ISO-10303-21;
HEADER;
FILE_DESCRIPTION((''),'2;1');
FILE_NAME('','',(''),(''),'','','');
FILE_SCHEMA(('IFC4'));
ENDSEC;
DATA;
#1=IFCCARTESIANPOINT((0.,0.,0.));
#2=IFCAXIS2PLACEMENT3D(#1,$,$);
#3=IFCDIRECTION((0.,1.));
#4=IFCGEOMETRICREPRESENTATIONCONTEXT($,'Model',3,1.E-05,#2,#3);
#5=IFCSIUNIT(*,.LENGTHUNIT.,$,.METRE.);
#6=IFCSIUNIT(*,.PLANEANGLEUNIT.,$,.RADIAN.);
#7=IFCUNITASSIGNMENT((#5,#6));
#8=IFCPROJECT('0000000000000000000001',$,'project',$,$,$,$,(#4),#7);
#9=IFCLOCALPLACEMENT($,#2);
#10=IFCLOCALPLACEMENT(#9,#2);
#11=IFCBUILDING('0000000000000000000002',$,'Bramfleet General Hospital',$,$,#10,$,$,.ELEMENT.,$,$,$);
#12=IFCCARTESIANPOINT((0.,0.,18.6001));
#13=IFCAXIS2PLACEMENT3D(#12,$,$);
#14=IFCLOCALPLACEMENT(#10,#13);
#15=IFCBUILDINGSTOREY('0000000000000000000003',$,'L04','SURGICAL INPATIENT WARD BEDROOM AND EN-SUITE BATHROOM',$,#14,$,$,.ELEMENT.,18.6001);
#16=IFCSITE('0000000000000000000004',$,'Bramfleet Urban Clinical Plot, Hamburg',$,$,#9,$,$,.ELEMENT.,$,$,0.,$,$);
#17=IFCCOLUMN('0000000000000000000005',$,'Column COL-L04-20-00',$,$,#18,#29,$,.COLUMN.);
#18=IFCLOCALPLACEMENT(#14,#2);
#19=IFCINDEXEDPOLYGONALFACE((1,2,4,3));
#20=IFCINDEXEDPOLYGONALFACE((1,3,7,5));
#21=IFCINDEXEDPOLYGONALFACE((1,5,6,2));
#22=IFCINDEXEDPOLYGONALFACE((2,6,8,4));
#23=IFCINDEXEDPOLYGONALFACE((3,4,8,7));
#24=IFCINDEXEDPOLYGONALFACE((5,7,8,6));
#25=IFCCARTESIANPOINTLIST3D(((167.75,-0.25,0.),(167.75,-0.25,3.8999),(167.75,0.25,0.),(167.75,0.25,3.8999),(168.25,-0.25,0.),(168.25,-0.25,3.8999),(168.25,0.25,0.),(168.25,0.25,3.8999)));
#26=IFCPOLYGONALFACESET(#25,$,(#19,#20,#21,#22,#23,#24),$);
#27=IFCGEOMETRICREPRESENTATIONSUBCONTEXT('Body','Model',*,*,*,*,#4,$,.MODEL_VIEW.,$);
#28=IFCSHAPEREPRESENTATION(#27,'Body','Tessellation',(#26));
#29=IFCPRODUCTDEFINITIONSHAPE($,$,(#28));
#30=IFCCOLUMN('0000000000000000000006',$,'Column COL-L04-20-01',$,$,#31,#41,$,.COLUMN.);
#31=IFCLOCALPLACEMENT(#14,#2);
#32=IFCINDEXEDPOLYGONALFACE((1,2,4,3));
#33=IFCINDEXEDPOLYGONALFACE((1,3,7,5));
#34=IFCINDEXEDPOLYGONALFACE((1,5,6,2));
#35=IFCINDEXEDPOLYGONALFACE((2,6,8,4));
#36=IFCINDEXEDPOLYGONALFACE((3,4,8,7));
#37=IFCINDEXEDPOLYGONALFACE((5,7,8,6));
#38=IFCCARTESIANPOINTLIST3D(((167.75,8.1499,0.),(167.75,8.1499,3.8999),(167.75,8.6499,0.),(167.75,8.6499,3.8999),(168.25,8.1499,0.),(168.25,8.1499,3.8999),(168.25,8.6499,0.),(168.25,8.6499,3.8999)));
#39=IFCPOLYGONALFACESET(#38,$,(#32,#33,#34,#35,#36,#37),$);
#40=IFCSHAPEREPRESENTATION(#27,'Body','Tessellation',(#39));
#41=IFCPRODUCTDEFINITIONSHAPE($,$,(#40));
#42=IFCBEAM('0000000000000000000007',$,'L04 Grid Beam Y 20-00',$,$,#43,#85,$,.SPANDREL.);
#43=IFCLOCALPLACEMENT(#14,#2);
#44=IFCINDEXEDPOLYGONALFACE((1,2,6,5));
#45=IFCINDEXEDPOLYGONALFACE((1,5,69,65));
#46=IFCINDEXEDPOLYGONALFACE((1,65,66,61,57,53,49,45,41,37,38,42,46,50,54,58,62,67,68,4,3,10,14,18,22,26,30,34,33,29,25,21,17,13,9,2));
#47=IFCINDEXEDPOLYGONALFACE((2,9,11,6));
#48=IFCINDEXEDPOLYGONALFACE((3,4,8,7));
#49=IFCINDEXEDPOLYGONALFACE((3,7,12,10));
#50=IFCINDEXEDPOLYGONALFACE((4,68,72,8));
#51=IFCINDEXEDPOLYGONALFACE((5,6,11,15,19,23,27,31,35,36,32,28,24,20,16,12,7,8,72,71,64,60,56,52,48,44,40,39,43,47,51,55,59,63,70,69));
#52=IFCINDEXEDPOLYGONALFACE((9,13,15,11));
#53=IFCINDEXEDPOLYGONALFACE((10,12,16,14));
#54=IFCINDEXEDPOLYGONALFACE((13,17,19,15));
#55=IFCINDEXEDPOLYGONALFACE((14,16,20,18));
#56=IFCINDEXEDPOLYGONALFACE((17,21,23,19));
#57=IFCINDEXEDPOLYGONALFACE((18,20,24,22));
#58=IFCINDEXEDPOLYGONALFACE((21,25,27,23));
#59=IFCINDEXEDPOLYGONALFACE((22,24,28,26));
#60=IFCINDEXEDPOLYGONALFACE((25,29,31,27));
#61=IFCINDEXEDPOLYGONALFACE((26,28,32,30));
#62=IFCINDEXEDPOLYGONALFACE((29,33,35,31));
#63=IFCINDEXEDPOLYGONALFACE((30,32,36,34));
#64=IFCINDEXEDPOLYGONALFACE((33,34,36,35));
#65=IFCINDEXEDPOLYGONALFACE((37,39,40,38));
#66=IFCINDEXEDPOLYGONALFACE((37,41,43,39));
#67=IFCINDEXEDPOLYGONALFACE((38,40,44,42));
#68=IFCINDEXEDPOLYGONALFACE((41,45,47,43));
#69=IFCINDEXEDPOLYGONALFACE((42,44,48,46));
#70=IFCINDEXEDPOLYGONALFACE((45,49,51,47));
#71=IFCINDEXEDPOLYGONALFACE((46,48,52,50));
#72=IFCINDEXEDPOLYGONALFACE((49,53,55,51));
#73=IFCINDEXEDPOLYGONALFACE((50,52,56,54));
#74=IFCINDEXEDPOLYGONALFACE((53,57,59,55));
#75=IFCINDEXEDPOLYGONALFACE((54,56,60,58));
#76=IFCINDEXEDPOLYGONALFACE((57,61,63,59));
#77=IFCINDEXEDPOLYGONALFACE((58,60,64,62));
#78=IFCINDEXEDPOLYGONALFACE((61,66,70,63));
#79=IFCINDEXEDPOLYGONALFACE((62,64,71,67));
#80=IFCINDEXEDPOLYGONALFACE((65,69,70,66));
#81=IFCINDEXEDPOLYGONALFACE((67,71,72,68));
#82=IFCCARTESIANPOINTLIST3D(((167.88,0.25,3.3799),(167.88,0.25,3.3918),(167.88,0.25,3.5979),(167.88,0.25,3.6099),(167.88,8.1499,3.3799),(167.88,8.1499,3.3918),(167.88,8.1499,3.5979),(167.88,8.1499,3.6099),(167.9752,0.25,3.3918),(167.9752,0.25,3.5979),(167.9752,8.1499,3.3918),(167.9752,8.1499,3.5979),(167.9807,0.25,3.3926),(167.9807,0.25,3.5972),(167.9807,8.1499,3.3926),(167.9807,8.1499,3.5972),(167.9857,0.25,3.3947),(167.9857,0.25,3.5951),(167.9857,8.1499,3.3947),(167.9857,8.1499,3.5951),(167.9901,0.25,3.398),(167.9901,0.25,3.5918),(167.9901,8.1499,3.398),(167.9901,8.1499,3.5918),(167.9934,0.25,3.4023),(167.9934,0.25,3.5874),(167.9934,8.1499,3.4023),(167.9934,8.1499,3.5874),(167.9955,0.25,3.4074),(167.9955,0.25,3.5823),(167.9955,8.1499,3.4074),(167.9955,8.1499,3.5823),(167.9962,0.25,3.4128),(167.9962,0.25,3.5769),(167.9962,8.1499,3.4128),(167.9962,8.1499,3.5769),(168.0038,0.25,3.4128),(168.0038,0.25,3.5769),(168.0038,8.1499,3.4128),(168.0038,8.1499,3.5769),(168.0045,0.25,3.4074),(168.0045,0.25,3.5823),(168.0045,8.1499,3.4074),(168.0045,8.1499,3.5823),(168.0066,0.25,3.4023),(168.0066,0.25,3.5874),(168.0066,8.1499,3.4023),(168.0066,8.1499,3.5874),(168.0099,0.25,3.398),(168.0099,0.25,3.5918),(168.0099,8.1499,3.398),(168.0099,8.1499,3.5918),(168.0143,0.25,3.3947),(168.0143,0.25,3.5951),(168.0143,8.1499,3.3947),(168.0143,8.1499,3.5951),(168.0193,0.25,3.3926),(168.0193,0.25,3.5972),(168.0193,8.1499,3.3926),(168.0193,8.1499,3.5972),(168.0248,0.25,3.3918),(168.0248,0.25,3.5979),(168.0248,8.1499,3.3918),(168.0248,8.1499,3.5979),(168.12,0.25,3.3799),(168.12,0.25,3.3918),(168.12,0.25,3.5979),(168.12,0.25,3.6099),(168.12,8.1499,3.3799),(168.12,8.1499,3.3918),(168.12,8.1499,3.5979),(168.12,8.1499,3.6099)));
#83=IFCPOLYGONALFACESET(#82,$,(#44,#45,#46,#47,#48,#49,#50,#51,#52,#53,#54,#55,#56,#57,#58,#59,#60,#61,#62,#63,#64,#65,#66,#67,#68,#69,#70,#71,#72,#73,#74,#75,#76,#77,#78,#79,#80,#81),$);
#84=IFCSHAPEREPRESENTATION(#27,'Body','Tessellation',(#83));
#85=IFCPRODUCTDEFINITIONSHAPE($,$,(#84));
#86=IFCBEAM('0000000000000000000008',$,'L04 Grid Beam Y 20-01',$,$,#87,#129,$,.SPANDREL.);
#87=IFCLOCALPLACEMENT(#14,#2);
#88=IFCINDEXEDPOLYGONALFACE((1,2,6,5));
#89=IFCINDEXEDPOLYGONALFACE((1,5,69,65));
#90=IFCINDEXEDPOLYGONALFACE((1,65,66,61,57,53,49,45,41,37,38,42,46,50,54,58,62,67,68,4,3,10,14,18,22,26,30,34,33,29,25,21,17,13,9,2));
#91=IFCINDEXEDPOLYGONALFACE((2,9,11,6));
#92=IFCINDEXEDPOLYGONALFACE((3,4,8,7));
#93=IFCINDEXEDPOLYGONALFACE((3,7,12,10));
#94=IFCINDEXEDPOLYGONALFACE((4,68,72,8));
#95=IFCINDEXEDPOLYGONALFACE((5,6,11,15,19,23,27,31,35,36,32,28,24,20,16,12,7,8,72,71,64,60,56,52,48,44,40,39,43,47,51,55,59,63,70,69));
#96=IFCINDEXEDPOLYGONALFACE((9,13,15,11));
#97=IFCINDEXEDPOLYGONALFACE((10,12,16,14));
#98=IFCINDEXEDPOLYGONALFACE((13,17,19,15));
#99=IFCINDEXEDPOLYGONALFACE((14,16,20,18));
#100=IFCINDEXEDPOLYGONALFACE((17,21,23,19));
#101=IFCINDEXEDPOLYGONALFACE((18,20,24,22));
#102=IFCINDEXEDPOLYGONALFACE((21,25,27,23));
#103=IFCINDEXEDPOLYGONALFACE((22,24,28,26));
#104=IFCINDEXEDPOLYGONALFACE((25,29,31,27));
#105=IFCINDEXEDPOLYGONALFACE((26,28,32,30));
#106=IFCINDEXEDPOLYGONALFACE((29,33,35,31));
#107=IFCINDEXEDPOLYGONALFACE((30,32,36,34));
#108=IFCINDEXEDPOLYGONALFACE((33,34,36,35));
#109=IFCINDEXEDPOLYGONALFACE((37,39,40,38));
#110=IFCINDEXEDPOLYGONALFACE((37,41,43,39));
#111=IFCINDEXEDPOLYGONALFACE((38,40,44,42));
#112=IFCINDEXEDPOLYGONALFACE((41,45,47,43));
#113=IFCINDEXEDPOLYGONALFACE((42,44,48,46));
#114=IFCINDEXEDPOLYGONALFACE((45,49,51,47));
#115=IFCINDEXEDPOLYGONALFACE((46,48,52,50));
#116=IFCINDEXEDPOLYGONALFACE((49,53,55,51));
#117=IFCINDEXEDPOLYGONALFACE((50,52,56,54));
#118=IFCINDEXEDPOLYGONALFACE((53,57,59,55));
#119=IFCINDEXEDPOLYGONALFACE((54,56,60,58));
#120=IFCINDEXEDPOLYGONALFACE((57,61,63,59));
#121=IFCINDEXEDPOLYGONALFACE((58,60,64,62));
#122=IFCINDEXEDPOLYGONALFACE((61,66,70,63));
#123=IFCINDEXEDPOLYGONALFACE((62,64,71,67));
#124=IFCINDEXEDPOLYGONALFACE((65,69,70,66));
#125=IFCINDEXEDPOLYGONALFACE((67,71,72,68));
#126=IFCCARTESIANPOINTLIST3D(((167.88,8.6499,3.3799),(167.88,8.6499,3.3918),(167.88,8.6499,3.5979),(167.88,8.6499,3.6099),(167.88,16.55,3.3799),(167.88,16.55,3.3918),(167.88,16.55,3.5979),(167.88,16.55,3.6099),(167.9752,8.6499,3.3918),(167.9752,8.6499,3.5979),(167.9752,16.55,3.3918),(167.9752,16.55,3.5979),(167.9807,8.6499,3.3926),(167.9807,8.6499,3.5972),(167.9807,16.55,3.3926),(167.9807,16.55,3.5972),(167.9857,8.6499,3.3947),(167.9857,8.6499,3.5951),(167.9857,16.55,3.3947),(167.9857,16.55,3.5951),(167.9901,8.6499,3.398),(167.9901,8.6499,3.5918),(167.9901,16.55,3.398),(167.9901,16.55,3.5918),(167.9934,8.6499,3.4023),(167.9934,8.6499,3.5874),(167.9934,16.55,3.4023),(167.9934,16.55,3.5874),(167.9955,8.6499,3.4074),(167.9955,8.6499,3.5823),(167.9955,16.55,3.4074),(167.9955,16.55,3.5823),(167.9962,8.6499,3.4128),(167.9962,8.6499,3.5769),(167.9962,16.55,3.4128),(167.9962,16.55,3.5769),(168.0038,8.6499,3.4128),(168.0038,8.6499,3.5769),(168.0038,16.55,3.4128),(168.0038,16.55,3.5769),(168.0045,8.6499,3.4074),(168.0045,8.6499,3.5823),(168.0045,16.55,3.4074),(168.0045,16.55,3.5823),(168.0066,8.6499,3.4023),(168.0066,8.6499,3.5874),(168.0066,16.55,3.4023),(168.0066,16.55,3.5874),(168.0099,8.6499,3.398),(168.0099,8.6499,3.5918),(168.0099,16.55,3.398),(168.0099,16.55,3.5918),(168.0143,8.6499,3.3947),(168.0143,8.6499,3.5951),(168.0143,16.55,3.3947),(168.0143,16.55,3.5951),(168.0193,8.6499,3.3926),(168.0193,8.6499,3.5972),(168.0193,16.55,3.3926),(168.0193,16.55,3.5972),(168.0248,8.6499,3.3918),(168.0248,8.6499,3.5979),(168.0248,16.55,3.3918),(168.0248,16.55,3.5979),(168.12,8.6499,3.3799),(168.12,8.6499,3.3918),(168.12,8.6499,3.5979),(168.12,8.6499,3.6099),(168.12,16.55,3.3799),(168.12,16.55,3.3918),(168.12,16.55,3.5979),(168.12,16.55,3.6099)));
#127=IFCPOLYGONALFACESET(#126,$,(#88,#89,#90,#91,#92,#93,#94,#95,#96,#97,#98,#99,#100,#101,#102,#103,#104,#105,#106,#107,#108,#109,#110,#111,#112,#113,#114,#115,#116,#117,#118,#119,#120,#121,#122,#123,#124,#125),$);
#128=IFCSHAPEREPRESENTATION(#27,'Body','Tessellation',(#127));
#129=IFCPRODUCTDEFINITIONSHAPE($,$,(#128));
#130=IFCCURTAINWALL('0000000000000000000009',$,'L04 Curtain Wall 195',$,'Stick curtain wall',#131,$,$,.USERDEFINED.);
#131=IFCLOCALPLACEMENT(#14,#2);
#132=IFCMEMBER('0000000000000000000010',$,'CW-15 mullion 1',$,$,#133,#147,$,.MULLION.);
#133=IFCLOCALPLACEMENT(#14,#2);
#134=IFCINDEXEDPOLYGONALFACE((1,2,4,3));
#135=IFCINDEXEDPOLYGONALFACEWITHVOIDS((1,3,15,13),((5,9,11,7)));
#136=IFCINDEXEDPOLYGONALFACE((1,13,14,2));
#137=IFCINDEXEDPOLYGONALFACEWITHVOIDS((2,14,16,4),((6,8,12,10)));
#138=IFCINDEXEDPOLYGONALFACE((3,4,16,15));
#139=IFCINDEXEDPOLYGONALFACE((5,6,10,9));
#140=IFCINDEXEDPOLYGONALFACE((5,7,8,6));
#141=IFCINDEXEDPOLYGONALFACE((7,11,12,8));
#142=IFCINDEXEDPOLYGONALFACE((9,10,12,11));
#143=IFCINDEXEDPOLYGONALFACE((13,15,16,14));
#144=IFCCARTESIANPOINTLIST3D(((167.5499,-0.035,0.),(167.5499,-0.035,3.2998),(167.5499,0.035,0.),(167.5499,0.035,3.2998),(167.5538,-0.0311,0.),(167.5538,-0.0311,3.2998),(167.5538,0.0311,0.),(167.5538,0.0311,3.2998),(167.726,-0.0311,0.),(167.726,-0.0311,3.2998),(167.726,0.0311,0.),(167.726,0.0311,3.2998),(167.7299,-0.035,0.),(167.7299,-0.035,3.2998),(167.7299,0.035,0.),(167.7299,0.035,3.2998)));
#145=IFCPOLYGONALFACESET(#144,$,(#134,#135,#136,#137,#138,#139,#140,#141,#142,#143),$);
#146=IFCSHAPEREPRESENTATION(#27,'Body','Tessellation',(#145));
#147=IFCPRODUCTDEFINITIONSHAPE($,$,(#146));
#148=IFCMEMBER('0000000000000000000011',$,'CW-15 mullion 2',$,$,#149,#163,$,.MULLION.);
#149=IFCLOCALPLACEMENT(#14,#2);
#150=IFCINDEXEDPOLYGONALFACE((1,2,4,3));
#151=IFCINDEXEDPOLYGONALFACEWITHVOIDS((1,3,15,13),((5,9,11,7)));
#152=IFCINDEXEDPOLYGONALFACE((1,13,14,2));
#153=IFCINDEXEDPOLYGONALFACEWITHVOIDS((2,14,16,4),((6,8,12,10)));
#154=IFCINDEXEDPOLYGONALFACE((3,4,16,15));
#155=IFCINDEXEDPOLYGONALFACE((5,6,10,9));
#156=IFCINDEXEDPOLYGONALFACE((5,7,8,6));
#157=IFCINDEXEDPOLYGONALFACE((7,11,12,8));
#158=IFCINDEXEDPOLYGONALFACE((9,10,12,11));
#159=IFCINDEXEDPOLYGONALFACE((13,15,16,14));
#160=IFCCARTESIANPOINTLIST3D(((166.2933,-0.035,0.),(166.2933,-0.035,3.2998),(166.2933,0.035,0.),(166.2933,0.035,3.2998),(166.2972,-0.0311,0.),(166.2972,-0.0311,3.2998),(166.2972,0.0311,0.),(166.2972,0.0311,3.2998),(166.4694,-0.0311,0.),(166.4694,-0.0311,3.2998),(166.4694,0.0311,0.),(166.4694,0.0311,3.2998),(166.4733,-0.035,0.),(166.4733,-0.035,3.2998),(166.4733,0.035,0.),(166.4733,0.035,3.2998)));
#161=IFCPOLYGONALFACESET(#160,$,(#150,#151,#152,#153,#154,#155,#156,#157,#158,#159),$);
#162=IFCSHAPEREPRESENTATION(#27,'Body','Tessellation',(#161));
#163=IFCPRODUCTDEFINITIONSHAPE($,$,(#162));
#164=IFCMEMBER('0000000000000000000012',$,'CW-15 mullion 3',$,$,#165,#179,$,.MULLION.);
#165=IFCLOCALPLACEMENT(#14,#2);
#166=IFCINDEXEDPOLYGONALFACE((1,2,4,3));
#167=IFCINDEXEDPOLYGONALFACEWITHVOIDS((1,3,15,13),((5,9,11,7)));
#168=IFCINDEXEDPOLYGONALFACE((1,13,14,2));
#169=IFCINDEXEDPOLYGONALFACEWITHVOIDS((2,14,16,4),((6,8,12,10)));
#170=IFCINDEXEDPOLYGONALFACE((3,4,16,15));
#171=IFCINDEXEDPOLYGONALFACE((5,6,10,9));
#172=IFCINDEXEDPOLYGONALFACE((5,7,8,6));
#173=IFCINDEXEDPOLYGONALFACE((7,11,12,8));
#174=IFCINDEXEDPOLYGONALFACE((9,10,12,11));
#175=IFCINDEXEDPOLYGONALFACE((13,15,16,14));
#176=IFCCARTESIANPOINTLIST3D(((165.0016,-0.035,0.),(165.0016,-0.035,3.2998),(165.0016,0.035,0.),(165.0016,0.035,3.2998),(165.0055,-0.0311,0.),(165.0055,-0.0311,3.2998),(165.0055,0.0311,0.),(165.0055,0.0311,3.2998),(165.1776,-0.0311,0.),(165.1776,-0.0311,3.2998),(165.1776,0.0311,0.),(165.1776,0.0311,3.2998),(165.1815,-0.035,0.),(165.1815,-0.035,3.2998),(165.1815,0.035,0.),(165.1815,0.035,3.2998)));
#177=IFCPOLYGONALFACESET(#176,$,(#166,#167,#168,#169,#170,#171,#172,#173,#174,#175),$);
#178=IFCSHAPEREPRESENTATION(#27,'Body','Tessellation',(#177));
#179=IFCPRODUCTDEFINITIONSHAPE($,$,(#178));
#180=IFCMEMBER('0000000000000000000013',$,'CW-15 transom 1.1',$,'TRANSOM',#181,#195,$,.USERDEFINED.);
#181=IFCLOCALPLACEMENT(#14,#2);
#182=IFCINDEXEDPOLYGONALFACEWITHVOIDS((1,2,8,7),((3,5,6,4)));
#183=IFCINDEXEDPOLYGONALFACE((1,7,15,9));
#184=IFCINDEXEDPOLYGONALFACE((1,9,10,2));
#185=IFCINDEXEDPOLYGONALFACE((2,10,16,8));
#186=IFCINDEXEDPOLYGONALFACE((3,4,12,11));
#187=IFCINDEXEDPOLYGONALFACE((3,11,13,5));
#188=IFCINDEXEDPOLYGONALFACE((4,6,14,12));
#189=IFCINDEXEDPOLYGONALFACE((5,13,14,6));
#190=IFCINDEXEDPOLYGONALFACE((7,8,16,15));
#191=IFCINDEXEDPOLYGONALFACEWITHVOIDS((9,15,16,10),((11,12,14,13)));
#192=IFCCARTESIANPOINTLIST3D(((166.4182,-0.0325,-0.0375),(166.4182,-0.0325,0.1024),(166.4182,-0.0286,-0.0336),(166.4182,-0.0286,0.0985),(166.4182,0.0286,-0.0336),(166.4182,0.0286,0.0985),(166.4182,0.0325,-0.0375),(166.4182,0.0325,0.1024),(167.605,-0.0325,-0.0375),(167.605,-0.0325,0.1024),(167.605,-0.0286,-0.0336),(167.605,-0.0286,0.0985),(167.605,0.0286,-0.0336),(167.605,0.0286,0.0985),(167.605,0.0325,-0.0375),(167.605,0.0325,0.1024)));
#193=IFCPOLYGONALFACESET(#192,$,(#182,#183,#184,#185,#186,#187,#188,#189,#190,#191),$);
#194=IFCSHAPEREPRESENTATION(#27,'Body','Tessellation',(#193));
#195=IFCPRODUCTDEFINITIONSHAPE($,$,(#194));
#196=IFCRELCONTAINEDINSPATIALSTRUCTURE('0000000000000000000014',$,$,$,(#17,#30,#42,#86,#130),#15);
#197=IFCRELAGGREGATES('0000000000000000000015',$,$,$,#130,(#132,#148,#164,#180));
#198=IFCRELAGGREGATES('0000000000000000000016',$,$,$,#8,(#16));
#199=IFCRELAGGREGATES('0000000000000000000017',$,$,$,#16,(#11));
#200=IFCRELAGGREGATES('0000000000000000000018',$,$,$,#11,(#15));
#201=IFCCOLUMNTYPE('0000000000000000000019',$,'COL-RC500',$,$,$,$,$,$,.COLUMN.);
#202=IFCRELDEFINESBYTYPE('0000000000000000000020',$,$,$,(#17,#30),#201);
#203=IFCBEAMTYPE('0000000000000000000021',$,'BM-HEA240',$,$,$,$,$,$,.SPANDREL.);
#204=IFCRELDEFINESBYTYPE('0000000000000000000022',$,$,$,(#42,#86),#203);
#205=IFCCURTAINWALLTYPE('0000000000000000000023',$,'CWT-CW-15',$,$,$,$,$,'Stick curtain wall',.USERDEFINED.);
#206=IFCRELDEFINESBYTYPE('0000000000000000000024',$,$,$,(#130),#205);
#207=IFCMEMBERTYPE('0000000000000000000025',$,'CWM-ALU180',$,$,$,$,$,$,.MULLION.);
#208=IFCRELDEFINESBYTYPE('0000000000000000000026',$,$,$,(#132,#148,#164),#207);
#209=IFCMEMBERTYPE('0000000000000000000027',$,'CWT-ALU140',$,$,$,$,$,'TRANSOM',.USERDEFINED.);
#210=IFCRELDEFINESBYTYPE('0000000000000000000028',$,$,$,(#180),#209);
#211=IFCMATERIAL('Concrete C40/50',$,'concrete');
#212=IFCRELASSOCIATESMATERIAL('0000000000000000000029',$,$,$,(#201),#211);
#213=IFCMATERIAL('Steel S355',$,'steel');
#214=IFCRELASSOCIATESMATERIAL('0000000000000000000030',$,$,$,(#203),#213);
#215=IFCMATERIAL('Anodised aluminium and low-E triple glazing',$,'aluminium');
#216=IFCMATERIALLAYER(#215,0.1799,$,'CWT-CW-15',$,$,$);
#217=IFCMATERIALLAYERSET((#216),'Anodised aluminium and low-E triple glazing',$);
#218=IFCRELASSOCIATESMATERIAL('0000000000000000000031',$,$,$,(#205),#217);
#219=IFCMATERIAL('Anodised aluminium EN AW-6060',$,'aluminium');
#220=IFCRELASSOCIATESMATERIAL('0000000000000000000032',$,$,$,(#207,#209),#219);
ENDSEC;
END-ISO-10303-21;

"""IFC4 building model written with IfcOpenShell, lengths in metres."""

from ifc_helpers import new_model, si_unit, direction, frame, origin, origin_2d, place, context, subcontext, project, spatial, rectangle, hollow_rectangle, i_section, extrude, material, layer, layer_set, material_profile, profile_set, type_object, element, aggregate, save


model = new_model("IFC4")

# Units and contexts
model_context = context("Model", 3, precision=1e-05, world=origin(), true_north=direction((0.0, 1.0)))
body_context = subcontext(model_context, "Body", "Model", "MODEL_VIEW")
ifc_project = project(units=[si_unit("LENGTHUNIT", "METRE"), si_unit("PLANEANGLEUNIT", "RADIAN")], contexts=[model_context])

# Site, building, storey
site_placement = place(None, origin())
site = spatial("IfcSite", under=ifc_project, at=site_placement, Name="Bramfleet Urban Clinical Plot, Hamburg", CompositionType="ELEMENT", RefElevation=0.0)
building_placement = place(site_placement, origin())
building = spatial("IfcBuilding", under=site, at=building_placement, Name="Bramfleet General Hospital", CompositionType="ELEMENT")
storey_placement = place(building_placement, frame((0.0, 0.0, 18.6001)))
storey = spatial("IfcBuildingStorey", under=building, at=storey_placement, Name="L04", Description="SURGICAL INPATIENT WARD BEDROOM AND EN-SUITE BATHROOM", CompositionType="ELEMENT", Elevation=18.6001)

# Columns
ifc_material_1 = material(Name="Concrete C40/50", Category="concrete")
ifc_material_profile_1 = material_profile(ifc_material_1, rectangle(XDim=0.5, YDim=0.5, at=origin_2d()), Name="RC COL 500x500")
ifc_profile_set_1 = profile_set([ifc_material_profile_1], Name="Concrete C40/50")
column_type = type_object("IfcColumnType", Name="COL-RC500", PredefinedType="COLUMN", material=ifc_profile_set_1)
for number, where, z_axis, x_axis, name in (
    (1, (168.0, 0.0, 0.0), (0.0, 0.0, 1.0), (1.0, 0.0, 0.0), "Column COL-L04-20-00"),
    (2, (168.0, 8.3999, 0.0), (0.0, 0.0, 1.0), (1.0, 0.0, 0.0), "Column COL-L04-20-01"),
):
    element("IfcColumn", number, at=place(storey_placement, frame(where, z_axis=z_axis, x_axis=x_axis)), inside=storey, type_object=column_type, Name=name, PredefinedType="COLUMN", context=body_context, shape_type="SweptSolid", body=[
        extrude(rectangle(XDim=0.5, YDim=0.5, at=origin_2d()), origin(), (0.0, 0.0, 1.0), 3.8999),
    ])

# Beams
ifc_material_2 = material(Name="Steel S355", Category="steel")
ifc_material_profile_2 = material_profile(ifc_material_2, i_section(OverallWidth=0.24, OverallDepth=0.23, WebThickness=0.0076, FlangeThickness=0.012, FilletRadius=0.021, at=origin_2d()), Name="HEA 240")
ifc_profile_set_2 = profile_set([ifc_material_profile_2], Name="Steel S355")
beam_type = type_object("IfcBeamType", Name="BM-HEA240", PredefinedType="SPANDREL", material=ifc_profile_set_2)
beam_1_placement = place(storey_placement, frame((168.0, 0.25, 3.4949), z_axis=(0.0, 1.0, 0.0), x_axis=(-1.0, 0.0, 0.0)))
element("IfcBeam", 3, at=beam_1_placement, inside=storey, type_object=beam_type, Name="L04 Grid Beam Y 20-00", PredefinedType="SPANDREL", context=body_context, shape_type="SweptSolid", body=[
    extrude(i_section(OverallWidth=0.24, OverallDepth=0.23, WebThickness=0.0076, FlangeThickness=0.012, FilletRadius=0.021, at=origin_2d()), origin(), (0.0, 0.0, 1.0), 7.8999),
])
beam_2_placement = place(storey_placement, frame((168.0, 8.6499, 3.4949), z_axis=(0.0, 1.0, 0.0), x_axis=(-1.0, 0.0, 0.0)))
element("IfcBeam", 4, at=beam_2_placement, inside=storey, type_object=beam_type, Name="L04 Grid Beam Y 20-01", PredefinedType="SPANDREL", context=body_context, shape_type="SweptSolid", body=[
    extrude(i_section(OverallWidth=0.24, OverallDepth=0.23, WebThickness=0.0076, FlangeThickness=0.012, FilletRadius=0.021, at=origin_2d()), origin(), (0.0, 0.0, 1.0), 7.9001),
])

# Curtain wall, members
ifc_material_3 = material(Name="Anodised aluminium and low-E triple glazing", Category="aluminium")
ifc_layer_1 = layer(ifc_material_3, 0.1799, Name="CWT-CW-15")
ifc_layer_set_1 = layer_set([ifc_layer_1], Name="Anodised aluminium and low-E triple glazing")
curtain_wall_type = type_object("IfcCurtainWallType", Name="CWT-CW-15", ElementType="Stick curtain wall", PredefinedType="USERDEFINED", material=ifc_layer_set_1)
curtain_wall_placement = place(storey_placement, origin())
curtain_wall = element("IfcCurtainWall", 5, at=curtain_wall_placement, inside=storey, type_object=curtain_wall_type, Name="L04 Curtain Wall 195", ObjectType="Stick curtain wall", PredefinedType="USERDEFINED")
ifc_material_4 = material(Name="Anodised aluminium EN AW-6060", Category="aluminium")
ifc_material_profile_3 = material_profile(ifc_material_4, hollow_rectangle(XDim=0.0701, YDim=0.1799, WallThickness=0.0039, at=origin_2d()), Name="ALU 180x70x4.0")
ifc_profile_set_3 = profile_set([ifc_material_profile_3], Name="Anodised aluminium EN AW-6060")
member_type_1 = type_object("IfcMemberType", Name="CWM-ALU180", PredefinedType="MULLION", material=ifc_profile_set_3)
member_1_placement = place(storey_placement, frame((167.6399, 0.0, 0.0), z_axis=(0.0, 0.0, 1.0), x_axis=(0.0, -1.0, 0.0)))
member_1 = element("IfcMember", 6, at=member_1_placement, type_object=member_type_1, Name="CW-15 mullion 1", PredefinedType="MULLION", context=body_context, shape_type="SweptSolid", body=[
    extrude(hollow_rectangle(XDim=0.0701, YDim=0.1799, WallThickness=0.0039, at=origin_2d()), origin(), (0.0, 0.0, 1.0), 3.2998),
])
member_2_placement = place(storey_placement, frame((166.3833, 0.0, 0.0), z_axis=(0.0, 0.0, 1.0), x_axis=(0.0, -1.0, 0.0)))
member_2 = element("IfcMember", 7, at=member_2_placement, type_object=member_type_1, Name="CW-15 mullion 2", PredefinedType="MULLION", context=body_context, shape_type="SweptSolid", body=[
    extrude(hollow_rectangle(XDim=0.0701, YDim=0.1799, WallThickness=0.0039, at=origin_2d()), origin(), (0.0, 0.0, 1.0), 3.2998),
])
member_3_placement = place(storey_placement, frame((165.0916, 0.0, 0.0), z_axis=(0.0, 0.0, 1.0), x_axis=(0.0, -1.0, 0.0)))
member_3 = element("IfcMember", 8, at=member_3_placement, type_object=member_type_1, Name="CW-15 mullion 3", PredefinedType="MULLION", context=body_context, shape_type="SweptSolid", body=[
    extrude(hollow_rectangle(XDim=0.0701, YDim=0.1799, WallThickness=0.0039, at=origin_2d()), origin(), (0.0, 0.0, 1.0), 3.2998),
])
ifc_material_profile_4 = material_profile(ifc_material_4, hollow_rectangle(XDim=0.0649, YDim=0.1399, WallThickness=0.0039, at=origin_2d()), Name="ALU 140x65x4.0")
ifc_profile_set_4 = profile_set([ifc_material_profile_4], Name="Anodised aluminium EN AW-6060")
member_type_2 = type_object("IfcMemberType", Name="CWT-ALU140", ElementType="TRANSOM", PredefinedType="USERDEFINED", material=ifc_profile_set_4)
member_4_placement = place(storey_placement, frame((167.605, 0.0, 0.0325), z_axis=(-1.0, 0.0, 0.0), x_axis=(0.0, -1.0, 0.0)))
member_4 = element("IfcMember", 9, at=member_4_placement, type_object=member_type_2, Name="CW-15 transom 1.1", ObjectType="TRANSOM", PredefinedType="USERDEFINED", context=body_context, shape_type="SweptSolid", body=[
    extrude(hollow_rectangle(XDim=0.0649, YDim=0.1399, WallThickness=0.0039, at=origin_2d()), origin(), (0.0, 0.0, 1.0), 1.1868),
])
aggregate(curtain_wall, [member_1, member_2, member_3, member_4])

save(model, "model.ifc")
